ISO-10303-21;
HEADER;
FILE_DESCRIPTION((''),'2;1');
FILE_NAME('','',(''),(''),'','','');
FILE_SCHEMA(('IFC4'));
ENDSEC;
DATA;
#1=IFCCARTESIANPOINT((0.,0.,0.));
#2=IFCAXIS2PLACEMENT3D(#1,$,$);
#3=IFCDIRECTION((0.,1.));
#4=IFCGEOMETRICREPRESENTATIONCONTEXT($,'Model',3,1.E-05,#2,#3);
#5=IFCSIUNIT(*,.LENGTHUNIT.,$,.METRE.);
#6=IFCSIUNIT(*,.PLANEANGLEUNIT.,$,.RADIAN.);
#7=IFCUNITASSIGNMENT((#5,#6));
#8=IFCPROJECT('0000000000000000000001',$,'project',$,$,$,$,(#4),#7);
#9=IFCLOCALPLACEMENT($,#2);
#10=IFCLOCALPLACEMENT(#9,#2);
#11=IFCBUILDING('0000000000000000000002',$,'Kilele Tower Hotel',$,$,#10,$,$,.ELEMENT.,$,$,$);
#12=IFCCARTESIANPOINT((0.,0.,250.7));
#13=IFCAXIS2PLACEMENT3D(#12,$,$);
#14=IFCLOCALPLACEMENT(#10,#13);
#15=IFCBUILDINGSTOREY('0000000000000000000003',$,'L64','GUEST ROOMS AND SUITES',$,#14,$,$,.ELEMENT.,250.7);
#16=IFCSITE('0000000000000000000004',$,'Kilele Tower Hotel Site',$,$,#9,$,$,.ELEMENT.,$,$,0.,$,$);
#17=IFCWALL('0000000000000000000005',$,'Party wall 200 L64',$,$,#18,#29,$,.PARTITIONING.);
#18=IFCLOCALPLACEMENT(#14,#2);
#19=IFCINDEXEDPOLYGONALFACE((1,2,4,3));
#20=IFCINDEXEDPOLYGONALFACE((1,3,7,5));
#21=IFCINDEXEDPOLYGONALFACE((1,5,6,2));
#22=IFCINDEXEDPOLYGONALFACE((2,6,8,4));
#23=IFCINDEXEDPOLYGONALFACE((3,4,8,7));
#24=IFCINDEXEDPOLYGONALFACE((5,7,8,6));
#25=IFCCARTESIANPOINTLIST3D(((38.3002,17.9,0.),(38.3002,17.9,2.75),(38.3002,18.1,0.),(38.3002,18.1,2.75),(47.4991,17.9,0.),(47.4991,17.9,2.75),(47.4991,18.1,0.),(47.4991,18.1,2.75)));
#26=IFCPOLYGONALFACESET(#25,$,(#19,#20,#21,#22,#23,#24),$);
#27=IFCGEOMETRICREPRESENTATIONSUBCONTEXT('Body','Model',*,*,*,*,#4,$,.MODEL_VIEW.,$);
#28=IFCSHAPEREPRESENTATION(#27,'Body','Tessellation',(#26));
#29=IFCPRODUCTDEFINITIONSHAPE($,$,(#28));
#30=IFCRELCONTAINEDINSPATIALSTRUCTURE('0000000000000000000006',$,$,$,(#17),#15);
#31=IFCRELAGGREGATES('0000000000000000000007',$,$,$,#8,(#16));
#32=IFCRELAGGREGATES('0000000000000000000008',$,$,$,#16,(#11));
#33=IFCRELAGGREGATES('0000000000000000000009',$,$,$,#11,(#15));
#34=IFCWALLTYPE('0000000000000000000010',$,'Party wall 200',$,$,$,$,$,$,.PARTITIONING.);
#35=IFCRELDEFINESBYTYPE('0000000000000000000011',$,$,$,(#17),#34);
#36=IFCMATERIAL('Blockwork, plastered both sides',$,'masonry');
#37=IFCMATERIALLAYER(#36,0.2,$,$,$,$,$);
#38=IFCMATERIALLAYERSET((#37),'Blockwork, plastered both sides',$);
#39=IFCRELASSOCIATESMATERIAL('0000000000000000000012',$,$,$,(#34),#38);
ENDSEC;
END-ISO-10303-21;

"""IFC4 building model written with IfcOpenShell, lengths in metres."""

from ifc_helpers import new_model, si_unit, direction, frame, frame_2d, origin, place, context, subcontext, project, spatial, rectangle, extrude, material, layer, layer_set, type_object, element, save


model = new_model("IFC4")

# Units and contexts
model_context = context("Model", 3, precision=1e-05, world=origin(), true_north=direction((0.0, 1.0)))
body_context = subcontext(model_context, "Body", "Model", "MODEL_VIEW")
ifc_project = project(units=[si_unit("LENGTHUNIT", "METRE"), si_unit("PLANEANGLEUNIT", "RADIAN")], contexts=[model_context])

# Site, building, storey
site_placement = place(None, origin())
site = spatial("IfcSite", under=ifc_project, at=site_placement, Name="Kilele Tower Hotel Site", CompositionType="ELEMENT", RefElevation=0.0)
building_placement = place(site_placement, origin())
building = spatial("IfcBuilding", under=site, at=building_placement, Name="Kilele Tower Hotel", CompositionType="ELEMENT")
storey_placement = place(building_placement, frame((0.0, 0.0, 250.7)))
storey = spatial("IfcBuildingStorey", under=building, at=storey_placement, Name="L64", Description="GUEST ROOMS AND SUITES", CompositionType="ELEMENT", Elevation=250.7)

# Wall
ifc_material_1 = material(Name="Blockwork, plastered both sides", Category="masonry")
ifc_layer_1 = layer(ifc_material_1, 0.2)
ifc_layer_set_1 = layer_set([ifc_layer_1], Name="Blockwork, plastered both sides")
wall_type_1 = type_object("IfcWallType", Name="Party wall 200", PredefinedType="PARTITIONING", material=ifc_layer_set_1)
wall_1_placement = place(storey_placement, frame((38.3, 18.0, 0.0), z_axis=(0.0, 0.0, 1.0), x_axis=(1.0, 0.0, 0.0)))
element("IfcWall", 1, at=wall_1_placement, inside=storey, type_object=wall_type_1, Name="Party wall 200 L64", PredefinedType="PARTITIONING", context=body_context, shape_type="SweptSolid", body=[
    extrude(rectangle(XDim=9.199, YDim=0.2, at=frame_2d((4.5996, 0.0))), origin(), (0.0, 0.0, 1.0), 2.75),
])

save(model, "model.ifc")
